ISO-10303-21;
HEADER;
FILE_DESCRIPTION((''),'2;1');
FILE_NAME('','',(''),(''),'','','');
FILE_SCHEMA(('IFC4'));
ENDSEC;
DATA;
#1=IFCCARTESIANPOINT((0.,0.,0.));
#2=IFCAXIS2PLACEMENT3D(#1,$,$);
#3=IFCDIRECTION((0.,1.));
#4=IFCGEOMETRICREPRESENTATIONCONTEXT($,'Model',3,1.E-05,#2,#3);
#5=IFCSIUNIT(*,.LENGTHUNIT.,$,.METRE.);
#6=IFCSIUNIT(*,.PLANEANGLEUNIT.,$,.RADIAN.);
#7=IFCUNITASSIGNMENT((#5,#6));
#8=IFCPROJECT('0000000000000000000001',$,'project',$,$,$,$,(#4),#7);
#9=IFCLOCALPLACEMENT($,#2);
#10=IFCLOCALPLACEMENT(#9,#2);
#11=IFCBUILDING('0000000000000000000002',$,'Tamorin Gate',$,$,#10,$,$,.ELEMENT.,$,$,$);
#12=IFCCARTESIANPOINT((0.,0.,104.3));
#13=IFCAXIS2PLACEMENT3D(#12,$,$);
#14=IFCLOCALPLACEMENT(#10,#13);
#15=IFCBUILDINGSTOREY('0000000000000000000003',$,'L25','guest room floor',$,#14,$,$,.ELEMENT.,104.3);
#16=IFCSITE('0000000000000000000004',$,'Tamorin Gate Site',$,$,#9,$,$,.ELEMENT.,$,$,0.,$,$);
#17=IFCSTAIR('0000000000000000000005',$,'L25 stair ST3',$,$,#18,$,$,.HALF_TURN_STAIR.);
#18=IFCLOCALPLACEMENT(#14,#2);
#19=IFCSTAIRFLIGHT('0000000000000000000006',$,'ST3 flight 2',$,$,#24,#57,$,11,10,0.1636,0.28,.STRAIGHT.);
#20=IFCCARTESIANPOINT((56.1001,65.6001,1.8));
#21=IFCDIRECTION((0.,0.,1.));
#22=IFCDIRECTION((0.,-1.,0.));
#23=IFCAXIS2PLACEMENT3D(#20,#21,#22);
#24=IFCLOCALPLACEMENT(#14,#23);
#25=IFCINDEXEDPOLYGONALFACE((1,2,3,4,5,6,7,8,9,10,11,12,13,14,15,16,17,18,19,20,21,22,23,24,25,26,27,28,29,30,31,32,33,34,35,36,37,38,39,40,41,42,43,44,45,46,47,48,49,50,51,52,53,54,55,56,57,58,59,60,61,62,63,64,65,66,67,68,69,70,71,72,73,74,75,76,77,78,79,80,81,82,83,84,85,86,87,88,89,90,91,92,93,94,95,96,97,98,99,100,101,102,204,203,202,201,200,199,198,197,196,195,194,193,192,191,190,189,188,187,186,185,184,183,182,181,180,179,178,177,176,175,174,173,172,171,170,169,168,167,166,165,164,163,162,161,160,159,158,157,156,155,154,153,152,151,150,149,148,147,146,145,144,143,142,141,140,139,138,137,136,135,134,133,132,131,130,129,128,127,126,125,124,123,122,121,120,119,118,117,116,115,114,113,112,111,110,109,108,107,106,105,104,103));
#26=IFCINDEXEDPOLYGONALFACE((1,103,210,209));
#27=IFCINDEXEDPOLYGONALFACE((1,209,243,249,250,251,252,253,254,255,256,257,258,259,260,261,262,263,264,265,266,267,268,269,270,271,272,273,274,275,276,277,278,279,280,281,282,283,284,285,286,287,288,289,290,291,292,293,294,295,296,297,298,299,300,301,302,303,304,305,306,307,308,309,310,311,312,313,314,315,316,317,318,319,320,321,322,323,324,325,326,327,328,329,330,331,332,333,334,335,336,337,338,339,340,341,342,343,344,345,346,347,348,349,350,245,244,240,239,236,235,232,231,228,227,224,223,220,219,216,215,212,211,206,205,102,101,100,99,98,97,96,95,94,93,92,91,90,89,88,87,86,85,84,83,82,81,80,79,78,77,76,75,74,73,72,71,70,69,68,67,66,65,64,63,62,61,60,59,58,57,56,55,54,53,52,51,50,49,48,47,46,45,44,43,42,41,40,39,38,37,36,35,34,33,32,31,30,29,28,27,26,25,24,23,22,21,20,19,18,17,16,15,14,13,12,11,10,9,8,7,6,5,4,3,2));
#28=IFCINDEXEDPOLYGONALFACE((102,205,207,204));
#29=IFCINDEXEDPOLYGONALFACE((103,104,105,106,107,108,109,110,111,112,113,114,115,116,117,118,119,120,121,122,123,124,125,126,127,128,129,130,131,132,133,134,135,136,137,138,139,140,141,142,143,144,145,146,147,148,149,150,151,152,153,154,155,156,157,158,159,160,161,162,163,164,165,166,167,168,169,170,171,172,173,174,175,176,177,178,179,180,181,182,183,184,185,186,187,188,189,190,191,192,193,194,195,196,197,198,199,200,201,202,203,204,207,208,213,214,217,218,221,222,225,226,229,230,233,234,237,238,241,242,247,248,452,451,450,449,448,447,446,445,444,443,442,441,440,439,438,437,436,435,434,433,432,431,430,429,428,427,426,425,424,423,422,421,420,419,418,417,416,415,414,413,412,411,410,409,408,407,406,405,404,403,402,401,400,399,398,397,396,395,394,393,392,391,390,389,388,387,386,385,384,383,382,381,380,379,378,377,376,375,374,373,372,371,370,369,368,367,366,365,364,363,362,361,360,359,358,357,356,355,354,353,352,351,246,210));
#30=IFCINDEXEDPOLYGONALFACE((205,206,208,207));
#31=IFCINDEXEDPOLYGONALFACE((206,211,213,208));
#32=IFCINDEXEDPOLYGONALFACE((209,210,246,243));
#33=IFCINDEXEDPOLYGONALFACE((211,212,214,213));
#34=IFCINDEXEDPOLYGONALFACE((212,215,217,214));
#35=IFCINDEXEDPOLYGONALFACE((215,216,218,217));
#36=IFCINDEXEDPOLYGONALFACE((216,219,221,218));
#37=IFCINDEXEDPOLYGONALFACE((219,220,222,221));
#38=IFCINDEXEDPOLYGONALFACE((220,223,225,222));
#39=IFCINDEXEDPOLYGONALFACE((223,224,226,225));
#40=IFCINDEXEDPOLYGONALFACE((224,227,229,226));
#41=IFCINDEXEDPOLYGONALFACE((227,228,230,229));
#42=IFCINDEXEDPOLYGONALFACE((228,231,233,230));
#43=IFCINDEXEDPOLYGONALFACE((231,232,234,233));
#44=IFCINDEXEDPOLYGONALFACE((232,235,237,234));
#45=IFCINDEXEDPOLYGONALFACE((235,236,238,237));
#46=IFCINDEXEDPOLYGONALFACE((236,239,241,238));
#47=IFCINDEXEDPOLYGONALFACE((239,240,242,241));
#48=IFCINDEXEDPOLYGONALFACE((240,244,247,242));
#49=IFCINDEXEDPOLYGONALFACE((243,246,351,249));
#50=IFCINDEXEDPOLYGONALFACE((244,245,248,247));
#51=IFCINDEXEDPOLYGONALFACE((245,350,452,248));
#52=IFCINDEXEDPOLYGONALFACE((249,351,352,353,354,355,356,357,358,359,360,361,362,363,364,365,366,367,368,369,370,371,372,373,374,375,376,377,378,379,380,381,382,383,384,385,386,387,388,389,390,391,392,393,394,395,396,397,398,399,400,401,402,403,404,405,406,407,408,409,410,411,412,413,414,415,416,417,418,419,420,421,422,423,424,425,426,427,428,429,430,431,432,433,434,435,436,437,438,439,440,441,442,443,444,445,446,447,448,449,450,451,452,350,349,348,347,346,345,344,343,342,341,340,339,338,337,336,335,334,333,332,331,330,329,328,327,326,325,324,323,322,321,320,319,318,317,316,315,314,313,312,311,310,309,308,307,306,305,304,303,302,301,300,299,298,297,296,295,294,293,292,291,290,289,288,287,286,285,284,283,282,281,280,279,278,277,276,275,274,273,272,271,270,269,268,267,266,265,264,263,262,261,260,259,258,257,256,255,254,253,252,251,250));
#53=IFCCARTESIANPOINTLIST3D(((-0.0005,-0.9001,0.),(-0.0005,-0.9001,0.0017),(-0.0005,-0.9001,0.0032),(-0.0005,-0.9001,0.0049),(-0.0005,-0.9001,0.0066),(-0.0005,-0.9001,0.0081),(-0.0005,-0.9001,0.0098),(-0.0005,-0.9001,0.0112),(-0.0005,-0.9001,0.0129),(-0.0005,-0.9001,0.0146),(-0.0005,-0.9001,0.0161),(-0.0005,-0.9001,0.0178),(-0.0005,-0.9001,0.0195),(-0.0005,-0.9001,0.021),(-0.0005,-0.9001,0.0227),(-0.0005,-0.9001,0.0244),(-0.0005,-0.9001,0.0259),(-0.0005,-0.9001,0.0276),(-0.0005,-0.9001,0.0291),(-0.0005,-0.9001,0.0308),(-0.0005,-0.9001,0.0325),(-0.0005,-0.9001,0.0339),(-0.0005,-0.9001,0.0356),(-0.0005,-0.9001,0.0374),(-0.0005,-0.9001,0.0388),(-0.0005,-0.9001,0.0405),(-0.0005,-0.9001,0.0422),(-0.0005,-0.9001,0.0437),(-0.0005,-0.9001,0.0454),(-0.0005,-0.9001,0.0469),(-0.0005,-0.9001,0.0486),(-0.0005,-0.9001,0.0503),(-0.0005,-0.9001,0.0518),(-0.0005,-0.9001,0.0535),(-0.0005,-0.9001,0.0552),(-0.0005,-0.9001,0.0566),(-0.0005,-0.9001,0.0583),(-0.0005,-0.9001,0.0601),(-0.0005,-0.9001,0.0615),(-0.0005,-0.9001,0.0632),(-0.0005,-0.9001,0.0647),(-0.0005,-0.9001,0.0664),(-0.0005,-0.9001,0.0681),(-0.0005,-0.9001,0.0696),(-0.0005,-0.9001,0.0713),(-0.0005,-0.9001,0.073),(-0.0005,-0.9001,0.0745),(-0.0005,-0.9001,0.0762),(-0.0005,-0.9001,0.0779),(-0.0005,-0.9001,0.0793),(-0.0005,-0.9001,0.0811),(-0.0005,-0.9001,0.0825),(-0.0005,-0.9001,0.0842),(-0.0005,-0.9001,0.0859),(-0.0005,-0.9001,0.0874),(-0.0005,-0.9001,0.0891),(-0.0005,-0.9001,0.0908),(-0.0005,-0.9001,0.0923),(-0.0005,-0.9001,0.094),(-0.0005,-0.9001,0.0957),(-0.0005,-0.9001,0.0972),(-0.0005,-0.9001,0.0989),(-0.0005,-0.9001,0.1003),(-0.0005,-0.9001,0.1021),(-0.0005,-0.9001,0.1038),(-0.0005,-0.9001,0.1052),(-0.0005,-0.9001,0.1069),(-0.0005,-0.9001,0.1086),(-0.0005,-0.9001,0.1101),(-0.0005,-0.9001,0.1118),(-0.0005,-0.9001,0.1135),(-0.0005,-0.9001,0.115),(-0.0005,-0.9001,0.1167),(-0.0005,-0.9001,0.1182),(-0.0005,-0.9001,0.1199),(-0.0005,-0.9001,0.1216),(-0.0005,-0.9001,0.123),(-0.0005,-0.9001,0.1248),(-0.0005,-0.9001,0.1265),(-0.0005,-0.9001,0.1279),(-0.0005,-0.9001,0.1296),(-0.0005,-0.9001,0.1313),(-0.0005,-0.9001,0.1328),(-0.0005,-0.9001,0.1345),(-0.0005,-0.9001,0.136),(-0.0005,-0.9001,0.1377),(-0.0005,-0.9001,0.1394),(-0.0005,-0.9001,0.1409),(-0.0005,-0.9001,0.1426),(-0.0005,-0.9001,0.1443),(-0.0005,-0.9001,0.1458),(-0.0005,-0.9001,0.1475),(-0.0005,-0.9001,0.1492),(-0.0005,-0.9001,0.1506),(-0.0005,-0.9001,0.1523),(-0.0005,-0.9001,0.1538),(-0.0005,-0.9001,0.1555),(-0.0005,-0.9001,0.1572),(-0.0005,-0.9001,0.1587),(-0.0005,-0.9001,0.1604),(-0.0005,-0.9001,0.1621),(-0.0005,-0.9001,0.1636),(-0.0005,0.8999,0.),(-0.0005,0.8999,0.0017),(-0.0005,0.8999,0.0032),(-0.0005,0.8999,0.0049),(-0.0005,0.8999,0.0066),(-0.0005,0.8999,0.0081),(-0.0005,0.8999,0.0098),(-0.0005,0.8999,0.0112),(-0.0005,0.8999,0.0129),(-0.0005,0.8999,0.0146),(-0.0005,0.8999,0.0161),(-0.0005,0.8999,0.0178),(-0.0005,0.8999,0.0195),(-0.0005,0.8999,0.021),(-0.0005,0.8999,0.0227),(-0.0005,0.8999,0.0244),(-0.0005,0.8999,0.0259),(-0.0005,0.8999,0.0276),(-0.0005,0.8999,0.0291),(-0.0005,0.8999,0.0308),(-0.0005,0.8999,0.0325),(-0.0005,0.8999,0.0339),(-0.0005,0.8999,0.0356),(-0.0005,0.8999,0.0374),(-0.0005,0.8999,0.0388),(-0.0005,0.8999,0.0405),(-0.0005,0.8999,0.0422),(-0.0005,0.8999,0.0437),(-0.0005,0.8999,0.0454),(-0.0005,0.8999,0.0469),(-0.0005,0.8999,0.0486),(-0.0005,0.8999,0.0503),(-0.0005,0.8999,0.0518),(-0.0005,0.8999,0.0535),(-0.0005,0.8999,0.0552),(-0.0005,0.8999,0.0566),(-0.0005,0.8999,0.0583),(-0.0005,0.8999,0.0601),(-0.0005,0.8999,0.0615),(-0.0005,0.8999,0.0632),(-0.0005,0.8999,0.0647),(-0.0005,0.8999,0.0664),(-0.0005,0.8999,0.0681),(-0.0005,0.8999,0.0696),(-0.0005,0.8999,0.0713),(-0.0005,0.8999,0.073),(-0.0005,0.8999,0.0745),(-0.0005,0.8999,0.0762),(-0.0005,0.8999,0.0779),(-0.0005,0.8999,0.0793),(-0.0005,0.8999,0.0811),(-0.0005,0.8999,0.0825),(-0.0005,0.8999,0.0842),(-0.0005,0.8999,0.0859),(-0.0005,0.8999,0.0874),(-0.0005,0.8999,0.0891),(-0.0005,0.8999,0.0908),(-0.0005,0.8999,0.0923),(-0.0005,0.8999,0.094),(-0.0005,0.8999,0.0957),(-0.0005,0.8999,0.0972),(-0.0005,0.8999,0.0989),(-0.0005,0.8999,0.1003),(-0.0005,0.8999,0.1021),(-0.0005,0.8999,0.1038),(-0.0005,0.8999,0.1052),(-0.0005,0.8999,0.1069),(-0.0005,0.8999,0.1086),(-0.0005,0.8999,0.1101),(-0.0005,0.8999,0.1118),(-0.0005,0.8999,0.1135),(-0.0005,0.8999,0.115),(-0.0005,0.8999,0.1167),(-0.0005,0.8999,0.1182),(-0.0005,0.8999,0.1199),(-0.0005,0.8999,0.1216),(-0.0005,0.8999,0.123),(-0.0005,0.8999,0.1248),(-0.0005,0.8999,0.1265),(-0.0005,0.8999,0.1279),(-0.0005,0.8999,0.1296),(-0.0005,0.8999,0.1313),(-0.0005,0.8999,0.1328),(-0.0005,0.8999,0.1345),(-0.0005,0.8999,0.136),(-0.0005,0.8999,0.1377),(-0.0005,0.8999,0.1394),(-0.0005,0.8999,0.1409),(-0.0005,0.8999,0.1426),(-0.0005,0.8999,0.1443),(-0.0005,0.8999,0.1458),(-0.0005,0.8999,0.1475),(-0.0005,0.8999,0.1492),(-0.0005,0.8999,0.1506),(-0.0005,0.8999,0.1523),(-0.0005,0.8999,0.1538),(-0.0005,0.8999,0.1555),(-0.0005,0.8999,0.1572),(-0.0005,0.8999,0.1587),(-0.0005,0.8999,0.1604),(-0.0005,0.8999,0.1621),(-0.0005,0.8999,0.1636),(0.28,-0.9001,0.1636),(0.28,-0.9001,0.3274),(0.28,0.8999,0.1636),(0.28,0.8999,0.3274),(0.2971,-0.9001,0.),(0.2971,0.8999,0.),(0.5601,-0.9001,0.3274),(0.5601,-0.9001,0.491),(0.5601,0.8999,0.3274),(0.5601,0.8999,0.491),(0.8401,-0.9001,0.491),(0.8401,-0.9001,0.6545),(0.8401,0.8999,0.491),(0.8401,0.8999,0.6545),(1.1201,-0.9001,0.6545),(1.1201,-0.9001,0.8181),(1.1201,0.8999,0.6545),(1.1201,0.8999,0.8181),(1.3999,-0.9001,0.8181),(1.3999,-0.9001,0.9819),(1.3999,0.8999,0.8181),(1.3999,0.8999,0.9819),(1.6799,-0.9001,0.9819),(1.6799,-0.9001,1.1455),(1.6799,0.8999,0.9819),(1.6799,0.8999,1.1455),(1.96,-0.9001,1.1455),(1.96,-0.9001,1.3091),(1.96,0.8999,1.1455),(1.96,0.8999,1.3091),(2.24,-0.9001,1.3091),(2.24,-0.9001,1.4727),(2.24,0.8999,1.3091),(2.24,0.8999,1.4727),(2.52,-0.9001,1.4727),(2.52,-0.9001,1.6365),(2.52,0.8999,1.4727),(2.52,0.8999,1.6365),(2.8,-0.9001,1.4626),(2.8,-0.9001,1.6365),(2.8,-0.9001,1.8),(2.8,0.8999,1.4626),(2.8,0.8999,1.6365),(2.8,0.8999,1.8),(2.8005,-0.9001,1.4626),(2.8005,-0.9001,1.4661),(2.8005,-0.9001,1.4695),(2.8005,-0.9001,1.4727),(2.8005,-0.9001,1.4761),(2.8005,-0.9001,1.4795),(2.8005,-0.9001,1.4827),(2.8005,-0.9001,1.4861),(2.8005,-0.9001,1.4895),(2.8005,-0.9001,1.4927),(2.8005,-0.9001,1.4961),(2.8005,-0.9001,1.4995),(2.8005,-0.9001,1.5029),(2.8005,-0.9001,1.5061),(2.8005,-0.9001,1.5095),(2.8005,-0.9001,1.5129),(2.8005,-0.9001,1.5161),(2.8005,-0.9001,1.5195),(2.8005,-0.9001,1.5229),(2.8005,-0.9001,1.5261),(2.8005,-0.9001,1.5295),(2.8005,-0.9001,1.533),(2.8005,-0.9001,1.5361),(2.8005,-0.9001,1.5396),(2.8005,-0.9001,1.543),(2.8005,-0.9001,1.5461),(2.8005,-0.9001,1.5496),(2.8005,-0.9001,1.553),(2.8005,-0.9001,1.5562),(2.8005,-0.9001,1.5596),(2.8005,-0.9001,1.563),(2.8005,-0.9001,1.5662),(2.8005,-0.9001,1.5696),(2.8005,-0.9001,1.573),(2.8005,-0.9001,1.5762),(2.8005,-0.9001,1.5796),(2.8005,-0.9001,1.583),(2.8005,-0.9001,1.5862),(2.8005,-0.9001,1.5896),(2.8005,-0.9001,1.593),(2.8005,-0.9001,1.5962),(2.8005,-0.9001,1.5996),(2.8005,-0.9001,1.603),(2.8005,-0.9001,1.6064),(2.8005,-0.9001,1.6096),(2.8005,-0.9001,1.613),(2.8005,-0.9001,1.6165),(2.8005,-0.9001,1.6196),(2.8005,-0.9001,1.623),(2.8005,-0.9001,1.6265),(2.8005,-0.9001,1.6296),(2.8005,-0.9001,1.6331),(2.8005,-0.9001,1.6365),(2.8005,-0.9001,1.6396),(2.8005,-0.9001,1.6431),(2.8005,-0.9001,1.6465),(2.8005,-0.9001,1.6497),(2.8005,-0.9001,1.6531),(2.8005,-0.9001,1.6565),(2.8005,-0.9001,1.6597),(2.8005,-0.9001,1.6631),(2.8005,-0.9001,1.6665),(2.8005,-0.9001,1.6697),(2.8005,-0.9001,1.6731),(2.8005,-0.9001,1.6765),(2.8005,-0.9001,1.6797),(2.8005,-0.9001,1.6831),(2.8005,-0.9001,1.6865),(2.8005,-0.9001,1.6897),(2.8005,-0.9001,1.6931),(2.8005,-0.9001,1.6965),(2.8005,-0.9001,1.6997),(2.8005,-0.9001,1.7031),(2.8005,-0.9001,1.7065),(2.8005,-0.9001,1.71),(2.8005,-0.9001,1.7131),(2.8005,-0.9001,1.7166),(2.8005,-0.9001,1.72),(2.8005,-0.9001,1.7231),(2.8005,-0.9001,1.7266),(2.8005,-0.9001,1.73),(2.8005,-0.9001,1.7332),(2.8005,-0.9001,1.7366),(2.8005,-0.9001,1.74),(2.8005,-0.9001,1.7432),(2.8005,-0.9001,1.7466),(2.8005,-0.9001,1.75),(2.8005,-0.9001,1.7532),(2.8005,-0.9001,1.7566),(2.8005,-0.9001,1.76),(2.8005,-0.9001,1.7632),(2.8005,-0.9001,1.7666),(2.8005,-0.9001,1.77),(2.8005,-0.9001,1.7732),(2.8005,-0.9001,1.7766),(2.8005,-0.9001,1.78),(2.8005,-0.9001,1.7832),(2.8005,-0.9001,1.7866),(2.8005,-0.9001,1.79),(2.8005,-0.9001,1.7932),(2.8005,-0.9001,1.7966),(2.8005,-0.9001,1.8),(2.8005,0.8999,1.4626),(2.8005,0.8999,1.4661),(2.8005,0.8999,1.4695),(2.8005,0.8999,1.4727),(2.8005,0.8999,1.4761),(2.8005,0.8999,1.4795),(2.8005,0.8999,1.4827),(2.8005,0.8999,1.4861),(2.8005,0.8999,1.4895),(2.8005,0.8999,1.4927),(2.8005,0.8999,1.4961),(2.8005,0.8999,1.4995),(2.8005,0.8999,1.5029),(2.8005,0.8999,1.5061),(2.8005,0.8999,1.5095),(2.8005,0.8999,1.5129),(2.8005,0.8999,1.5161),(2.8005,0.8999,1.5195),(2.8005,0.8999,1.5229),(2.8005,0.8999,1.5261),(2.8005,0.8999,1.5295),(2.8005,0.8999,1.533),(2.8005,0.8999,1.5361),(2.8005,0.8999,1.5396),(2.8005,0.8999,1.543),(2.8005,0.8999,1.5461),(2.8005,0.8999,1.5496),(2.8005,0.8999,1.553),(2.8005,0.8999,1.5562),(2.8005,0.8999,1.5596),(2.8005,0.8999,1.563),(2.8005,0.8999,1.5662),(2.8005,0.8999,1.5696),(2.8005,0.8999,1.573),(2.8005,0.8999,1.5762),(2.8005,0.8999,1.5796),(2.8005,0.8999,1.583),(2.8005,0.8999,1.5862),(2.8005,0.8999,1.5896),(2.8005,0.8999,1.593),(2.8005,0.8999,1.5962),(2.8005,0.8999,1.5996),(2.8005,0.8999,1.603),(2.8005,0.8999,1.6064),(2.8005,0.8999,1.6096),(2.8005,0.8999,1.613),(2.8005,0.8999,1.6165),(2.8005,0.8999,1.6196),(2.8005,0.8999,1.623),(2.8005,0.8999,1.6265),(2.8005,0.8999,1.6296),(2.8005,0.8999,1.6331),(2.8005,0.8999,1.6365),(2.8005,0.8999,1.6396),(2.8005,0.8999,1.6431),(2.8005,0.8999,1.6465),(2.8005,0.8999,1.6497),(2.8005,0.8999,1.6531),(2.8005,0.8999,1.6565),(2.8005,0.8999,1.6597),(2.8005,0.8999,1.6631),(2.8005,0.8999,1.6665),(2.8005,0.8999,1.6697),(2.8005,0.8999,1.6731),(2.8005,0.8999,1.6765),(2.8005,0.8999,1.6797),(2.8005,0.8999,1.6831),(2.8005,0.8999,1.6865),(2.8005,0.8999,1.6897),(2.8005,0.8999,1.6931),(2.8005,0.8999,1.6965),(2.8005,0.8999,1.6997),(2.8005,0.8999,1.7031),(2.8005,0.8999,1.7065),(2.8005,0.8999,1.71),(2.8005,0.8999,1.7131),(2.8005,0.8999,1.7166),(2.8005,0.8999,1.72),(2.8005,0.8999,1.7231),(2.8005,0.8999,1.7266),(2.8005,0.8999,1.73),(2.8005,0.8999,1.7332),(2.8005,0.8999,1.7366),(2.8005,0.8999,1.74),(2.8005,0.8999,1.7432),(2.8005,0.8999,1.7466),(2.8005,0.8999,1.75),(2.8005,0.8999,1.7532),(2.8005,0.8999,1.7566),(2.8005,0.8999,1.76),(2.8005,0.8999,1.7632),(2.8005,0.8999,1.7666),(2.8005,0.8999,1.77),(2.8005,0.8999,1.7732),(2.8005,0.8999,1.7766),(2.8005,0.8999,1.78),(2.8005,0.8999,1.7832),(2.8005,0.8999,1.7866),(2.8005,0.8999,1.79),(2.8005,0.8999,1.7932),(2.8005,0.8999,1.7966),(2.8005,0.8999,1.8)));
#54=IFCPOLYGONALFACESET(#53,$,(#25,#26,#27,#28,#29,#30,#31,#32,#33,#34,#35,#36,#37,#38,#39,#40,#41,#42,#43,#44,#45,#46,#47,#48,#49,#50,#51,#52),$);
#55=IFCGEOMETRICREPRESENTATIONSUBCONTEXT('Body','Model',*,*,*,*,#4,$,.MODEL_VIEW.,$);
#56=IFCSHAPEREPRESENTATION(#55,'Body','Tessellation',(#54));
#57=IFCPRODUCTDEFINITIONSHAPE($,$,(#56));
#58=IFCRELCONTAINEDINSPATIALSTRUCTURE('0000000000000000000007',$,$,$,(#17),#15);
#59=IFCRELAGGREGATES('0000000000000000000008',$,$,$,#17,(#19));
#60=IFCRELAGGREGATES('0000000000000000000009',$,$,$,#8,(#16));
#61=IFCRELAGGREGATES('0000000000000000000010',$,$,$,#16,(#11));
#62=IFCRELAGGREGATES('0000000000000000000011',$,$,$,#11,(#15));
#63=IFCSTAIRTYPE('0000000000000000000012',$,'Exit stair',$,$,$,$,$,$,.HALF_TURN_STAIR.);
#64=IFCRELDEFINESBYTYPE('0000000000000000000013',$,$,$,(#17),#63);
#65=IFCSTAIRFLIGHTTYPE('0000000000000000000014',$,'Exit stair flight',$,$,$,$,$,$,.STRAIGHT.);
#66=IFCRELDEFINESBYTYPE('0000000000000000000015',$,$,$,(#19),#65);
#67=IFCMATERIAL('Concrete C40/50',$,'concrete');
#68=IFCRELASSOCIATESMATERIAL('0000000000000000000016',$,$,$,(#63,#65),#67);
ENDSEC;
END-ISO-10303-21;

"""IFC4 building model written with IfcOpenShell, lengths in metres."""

from ifc_helpers import new_model, si_unit, direction, frame, origin, place, context, subcontext, project, spatial, polyline, outline, extrude, material, type_object, element, aggregate, save


model = new_model("IFC4")

# Units and contexts
model_context = context("Model", 3, precision=1e-05, world=origin(), true_north=direction((0.0, 1.0)))
body_context = subcontext(model_context, "Body", "Model", "MODEL_VIEW")
ifc_project = project(units=[si_unit("LENGTHUNIT", "METRE"), si_unit("PLANEANGLEUNIT", "RADIAN")], contexts=[model_context])

# Site, building, storey
site_placement = place(None, origin())
site = spatial("IfcSite", under=ifc_project, at=site_placement, Name="Tamorin Gate Site", CompositionType="ELEMENT", RefElevation=0.0)
building_placement = place(site_placement, origin())
building = spatial("IfcBuilding", under=site, at=building_placement, Name="Tamorin Gate", CompositionType="ELEMENT")
storey_placement = place(building_placement, frame((0.0, 0.0, 104.3)))
storey = spatial("IfcBuildingStorey", under=building, at=storey_placement, Name="L25", Description="guest room floor", CompositionType="ELEMENT", Elevation=104.3)

# Shared definitions
ifc_material_1 = material(Name="Concrete C40/50", Category="concrete")

# Stair, stair flight
stair_type = type_object("IfcStairType", Name="Exit stair", PredefinedType="HALF_TURN_STAIR", material=ifc_material_1)
stair_placement = place(storey_placement, origin())
stair = element("IfcStair", 1, at=stair_placement, inside=storey, type_object=stair_type, Name="L25 stair ST3", PredefinedType="HALF_TURN_STAIR")
stair_flight_type = type_object("IfcStairFlightType", Name="Exit stair flight", PredefinedType="STRAIGHT", material=ifc_material_1)
stair_flight_1_placement = place(storey_placement, frame((56.1001, 65.6001, 1.8), z_axis=(0.0, 0.0, 1.0), x_axis=(0.0, -1.0, 0.0)))
stair_flight_1 = element("IfcStairFlight", 2, at=stair_flight_1_placement, type_object=stair_flight_type, Name="ST3 flight 2", NumberOfRisers=11, NumberOfTreads=10, PredefinedType="STRAIGHT", RiserHeight=0.1636, TreadLength=0.28, context=body_context, shape_type="SweptSolid", body=[
    extrude(outline(polyline([(-0.0005, 0.0), (-0.0005, 0.0017), (-0.0005, 0.0032), (-0.0005, 0.0049), (-0.0005, 0.0066), (-0.0005, 0.0081), (-0.0005, 0.0098), (-0.0005, 0.0112), (-0.0005, 0.0129), (-0.0005, 0.0146), (-0.0005, 0.0161), (-0.0005, 0.0178), (-0.0005, 0.0195), (-0.0005, 0.021), (-0.0005, 0.0227), (-0.0005, 0.0244), (-0.0005, 0.0259), (-0.0005, 0.0276), (-0.0005, 0.0291), (-0.0005, 0.0308), (-0.0005, 0.0325), (-0.0005, 0.0339), (-0.0005, 0.0356), (-0.0005, 0.0374), (-0.0005, 0.0388), (-0.0005, 0.0405), (-0.0005, 0.0422), (-0.0005, 0.0437), (-0.0005, 0.0454), (-0.0005, 0.0469), (-0.0005, 0.0486), (-0.0005, 0.0503), (-0.0005, 0.0518), (-0.0005, 0.0535), (-0.0005, 0.0552), (-0.0005, 0.0566), (-0.0005, 0.0583), (-0.0005, 0.0601), (-0.0005, 0.0615), (-0.0005, 0.0632), (-0.0005, 0.0647), (-0.0005, 0.0664), (-0.0005, 0.0681), (-0.0005, 0.0696), (-0.0005, 0.0713), (-0.0005, 0.073), (-0.0005, 0.0745), (-0.0005, 0.0762), (-0.0005, 0.0779), (-0.0005, 0.0793), (-0.0005, 0.0811), (-0.0005, 0.0825), (-0.0005, 0.0842), (-0.0005, 0.0859), (-0.0005, 0.0874), (-0.0005, 0.0891), (-0.0005, 0.0908), (-0.0005, 0.0923), (-0.0005, 0.094), (-0.0005, 0.0957), (-0.0005, 0.0972), (-0.0005, 0.0989), (-0.0005, 0.1003), (-0.0005, 0.1021), (-0.0005, 0.1038), (-0.0005, 0.1052), (-0.0005, 0.1069), (-0.0005, 0.1086), (-0.0005, 0.1101), (-0.0005, 0.1118), (-0.0005, 0.1135), (-0.0005, 0.115), (-0.0005, 0.1167), (-0.0005, 0.1182), (-0.0005, 0.1199), (-0.0005, 0.1216), (-0.0005, 0.123), (-0.0005, 0.1248), (-0.0005, 0.1265), (-0.0005, 0.1279), (-0.0005, 0.1296), (-0.0005, 0.1313), (-0.0005, 0.1328), (-0.0005, 0.1345), (-0.0005, 0.136), (-0.0005, 0.1377), (-0.0005, 0.1394), (-0.0005, 0.1409), (-0.0005, 0.1426), (-0.0005, 0.1443), (-0.0005, 0.1458), (-0.0005, 0.1475), (-0.0005, 0.1492), (-0.0005, 0.1506), (-0.0005, 0.1523), (-0.0005, 0.1538), (-0.0005, 0.1555), (-0.0005, 0.1572), (-0.0005, 0.1587), (-0.0005, 0.1604), (-0.0005, 0.1621), (-0.0005, 0.1636), (0.28, 0.1636), (0.28, 0.3274), (0.5601, 0.3274), (0.5601, 0.491), (0.8401, 0.491), (0.8401, 0.6545), (1.1201, 0.6545), (1.1201, 0.8181), (1.3999, 0.8181), (1.3999, 0.9819), (1.6799, 0.9819), (1.6799, 1.1455), (1.96, 1.1455), (1.96, 1.3091), (2.24, 1.3091), (2.24, 1.4727), (2.52, 1.4727), (2.52, 1.6365), (2.8, 1.6365), (2.8, 1.8), (2.8005, 1.8), (2.8005, 1.7966), (2.8005, 1.7932), (2.8005, 1.79), (2.8005, 1.7866), (2.8005, 1.7832), (2.8005, 1.78), (2.8005, 1.7766), (2.8005, 1.7732), (2.8005, 1.77), (2.8005, 1.7666), (2.8005, 1.7632), (2.8005, 1.76), (2.8005, 1.7566), (2.8005, 1.7532), (2.8005, 1.75), (2.8005, 1.7466), (2.8005, 1.7432), (2.8005, 1.74), (2.8005, 1.7366), (2.8005, 1.7332), (2.8005, 1.73), (2.8005, 1.7266), (2.8005, 1.7231), (2.8005, 1.72), (2.8005, 1.7166), (2.8005, 1.7131), (2.8005, 1.71), (2.8005, 1.7065), (2.8005, 1.7031), (2.8005, 1.6997), (2.8005, 1.6965), (2.8005, 1.6931), (2.8005, 1.6897), (2.8005, 1.6865), (2.8005, 1.6831), (2.8005, 1.6797), (2.8005, 1.6765), (2.8005, 1.6731), (2.8005, 1.6697), (2.8005, 1.6665), (2.8005, 1.6631), (2.8005, 1.6597), (2.8005, 1.6565), (2.8005, 1.6531), (2.8005, 1.6497), (2.8005, 1.6465), (2.8005, 1.6431), (2.8005, 1.6396), (2.8005, 1.6365), (2.8005, 1.6331), (2.8005, 1.6296), (2.8005, 1.6265), (2.8005, 1.623), (2.8005, 1.6196), (2.8005, 1.6165), (2.8005, 1.613), (2.8005, 1.6096), (2.8005, 1.6064), (2.8005, 1.603), (2.8005, 1.5996), (2.8005, 1.5962), (2.8005, 1.593), (2.8005, 1.5896), (2.8005, 1.5862), (2.8005, 1.583), (2.8005, 1.5796), (2.8005, 1.5762), (2.8005, 1.573), (2.8005, 1.5696), (2.8005, 1.5662), (2.8005, 1.563), (2.8005, 1.5596), (2.8005, 1.5562), (2.8005, 1.553), (2.8005, 1.5496), (2.8005, 1.5461), (2.8005, 1.543), (2.8005, 1.5396), (2.8005, 1.5361), (2.8005, 1.533), (2.8005, 1.5295), (2.8005, 1.5261), (2.8005, 1.5229), (2.8005, 1.5195), (2.8005, 1.5161), (2.8005, 1.5129), (2.8005, 1.5095), (2.8005, 1.5061), (2.8005, 1.5029), (2.8005, 1.4995), (2.8005, 1.4961), (2.8005, 1.4927), (2.8005, 1.4895), (2.8005, 1.4861), (2.8005, 1.4827), (2.8005, 1.4795), (2.8005, 1.4761), (2.8005, 1.4727), (2.8005, 1.4695), (2.8005, 1.4661), (2.8005, 1.4626), (2.8, 1.4626), (0.2971, 0.0), (-0.0005, 0.0)])), frame((0.0, 0.8999, 0.0), z_axis=(0.0, -1.0, 0.0), x_axis=(1.0, 0.0, 0.0)), (0.0, 0.0, 1.0), 1.8),
])
aggregate(stair, [stair_flight_1])

save(model, "model.ifc")
